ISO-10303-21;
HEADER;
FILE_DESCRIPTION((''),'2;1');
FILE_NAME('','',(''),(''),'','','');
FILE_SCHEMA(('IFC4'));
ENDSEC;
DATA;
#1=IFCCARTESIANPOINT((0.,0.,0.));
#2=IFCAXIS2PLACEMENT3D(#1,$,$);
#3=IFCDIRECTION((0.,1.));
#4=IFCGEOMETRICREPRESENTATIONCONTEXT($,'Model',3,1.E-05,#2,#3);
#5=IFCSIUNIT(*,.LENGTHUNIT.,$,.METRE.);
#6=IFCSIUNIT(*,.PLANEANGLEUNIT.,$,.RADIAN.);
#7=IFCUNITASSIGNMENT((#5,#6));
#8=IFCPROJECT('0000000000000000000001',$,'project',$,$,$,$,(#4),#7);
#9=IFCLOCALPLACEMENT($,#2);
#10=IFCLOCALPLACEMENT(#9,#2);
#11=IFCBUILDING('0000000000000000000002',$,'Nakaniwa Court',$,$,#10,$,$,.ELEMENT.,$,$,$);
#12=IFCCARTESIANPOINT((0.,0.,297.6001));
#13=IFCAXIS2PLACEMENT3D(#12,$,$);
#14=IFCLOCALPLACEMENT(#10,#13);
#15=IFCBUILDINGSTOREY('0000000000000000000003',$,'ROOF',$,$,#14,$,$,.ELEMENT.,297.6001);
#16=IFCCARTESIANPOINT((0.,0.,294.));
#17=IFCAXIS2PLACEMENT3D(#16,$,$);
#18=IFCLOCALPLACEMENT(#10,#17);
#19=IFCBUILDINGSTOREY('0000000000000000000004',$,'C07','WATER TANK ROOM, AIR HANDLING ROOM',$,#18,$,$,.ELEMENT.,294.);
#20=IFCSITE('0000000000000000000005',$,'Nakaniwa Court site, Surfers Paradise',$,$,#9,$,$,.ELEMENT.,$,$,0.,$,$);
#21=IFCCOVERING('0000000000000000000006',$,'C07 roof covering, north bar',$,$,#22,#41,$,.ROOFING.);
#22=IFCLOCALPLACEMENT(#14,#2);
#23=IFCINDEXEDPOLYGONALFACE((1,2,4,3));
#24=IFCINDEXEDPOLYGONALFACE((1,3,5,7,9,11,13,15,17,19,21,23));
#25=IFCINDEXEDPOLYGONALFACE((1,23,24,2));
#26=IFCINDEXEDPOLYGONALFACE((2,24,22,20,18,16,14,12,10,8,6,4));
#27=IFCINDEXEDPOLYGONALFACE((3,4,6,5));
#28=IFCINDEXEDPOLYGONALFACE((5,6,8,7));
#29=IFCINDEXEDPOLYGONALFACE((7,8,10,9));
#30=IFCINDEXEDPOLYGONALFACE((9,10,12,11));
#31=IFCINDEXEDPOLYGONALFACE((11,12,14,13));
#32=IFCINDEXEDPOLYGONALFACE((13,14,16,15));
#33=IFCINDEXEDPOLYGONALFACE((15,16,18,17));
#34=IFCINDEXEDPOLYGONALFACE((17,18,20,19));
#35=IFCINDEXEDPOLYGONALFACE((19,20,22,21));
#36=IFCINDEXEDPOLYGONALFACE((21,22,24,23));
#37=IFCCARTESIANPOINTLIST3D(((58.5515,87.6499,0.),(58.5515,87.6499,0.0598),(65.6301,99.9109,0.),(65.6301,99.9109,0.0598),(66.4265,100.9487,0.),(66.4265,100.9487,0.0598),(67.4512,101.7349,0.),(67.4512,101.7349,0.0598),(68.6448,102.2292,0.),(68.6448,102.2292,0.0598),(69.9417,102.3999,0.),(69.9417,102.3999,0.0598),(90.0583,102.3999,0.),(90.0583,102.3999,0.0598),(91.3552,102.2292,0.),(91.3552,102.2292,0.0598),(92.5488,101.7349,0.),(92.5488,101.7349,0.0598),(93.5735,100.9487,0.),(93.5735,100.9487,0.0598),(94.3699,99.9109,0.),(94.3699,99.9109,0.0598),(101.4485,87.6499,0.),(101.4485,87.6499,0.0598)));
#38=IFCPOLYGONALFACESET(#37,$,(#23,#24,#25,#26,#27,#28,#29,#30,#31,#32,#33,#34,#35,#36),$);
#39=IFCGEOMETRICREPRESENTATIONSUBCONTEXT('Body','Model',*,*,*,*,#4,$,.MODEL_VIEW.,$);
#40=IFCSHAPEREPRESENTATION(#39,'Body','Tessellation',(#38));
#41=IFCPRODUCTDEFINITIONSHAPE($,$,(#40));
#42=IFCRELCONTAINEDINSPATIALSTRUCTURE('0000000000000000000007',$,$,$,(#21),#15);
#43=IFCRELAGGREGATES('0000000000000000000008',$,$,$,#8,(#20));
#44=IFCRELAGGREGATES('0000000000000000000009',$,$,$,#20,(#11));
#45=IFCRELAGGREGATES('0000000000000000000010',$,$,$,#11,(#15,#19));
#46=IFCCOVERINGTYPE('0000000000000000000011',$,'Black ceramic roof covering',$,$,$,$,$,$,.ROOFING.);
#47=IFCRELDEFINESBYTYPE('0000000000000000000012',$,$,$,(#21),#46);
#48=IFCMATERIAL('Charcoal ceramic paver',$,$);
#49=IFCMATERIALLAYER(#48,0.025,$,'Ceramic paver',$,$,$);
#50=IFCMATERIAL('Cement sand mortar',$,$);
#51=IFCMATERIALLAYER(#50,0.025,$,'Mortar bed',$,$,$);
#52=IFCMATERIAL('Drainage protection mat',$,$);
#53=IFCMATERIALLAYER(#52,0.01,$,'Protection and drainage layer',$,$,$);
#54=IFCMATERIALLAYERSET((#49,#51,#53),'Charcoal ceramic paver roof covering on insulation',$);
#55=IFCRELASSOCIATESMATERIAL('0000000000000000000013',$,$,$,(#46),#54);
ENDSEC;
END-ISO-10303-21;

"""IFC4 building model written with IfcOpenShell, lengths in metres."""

from ifc_helpers import new_model, si_unit, direction, frame, origin, place, context, subcontext, project, spatial, polyline, outline, extrude, material, layer, layer_set, type_object, element, save


model = new_model("IFC4")

# Units and contexts
model_context = context("Model", 3, precision=1e-05, world=origin(), true_north=direction((0.0, 1.0)))
body_context = subcontext(model_context, "Body", "Model", "MODEL_VIEW")
ifc_project = project(units=[si_unit("LENGTHUNIT", "METRE"), si_unit("PLANEANGLEUNIT", "RADIAN")], contexts=[model_context])

# Site, building, storey
site_placement = place(None, origin())
site = spatial("IfcSite", under=ifc_project, at=site_placement, Name="Nakaniwa Court site, Surfers Paradise", CompositionType="ELEMENT", RefElevation=0.0)
building_placement = place(site_placement, origin())
building = spatial("IfcBuilding", under=site, at=building_placement, Name="Nakaniwa Court", CompositionType="ELEMENT")
storey_1_placement = place(building_placement, frame((0.0, 0.0, 297.6001)))
storey_1 = spatial("IfcBuildingStorey", under=building, at=storey_1_placement, Name="ROOF", CompositionType="ELEMENT", Elevation=297.6001)

# Shared definitions
storey_2_placement = place(building_placement, frame((0.0, 0.0, 294.0)))
storey_2 = spatial("IfcBuildingStorey", under=building, at=storey_2_placement, Name="C07", Description="WATER TANK ROOM, AIR HANDLING ROOM", CompositionType="ELEMENT", Elevation=294.0)

# Covering
ifc_material_1 = material(Name="Charcoal ceramic paver")
ifc_layer_1 = layer(ifc_material_1, 0.025, Name="Ceramic paver")
ifc_material_2 = material(Name="Cement sand mortar")
ifc_layer_2 = layer(ifc_material_2, 0.025, Name="Mortar bed")
ifc_material_3 = material(Name="Drainage protection mat")
ifc_layer_3 = layer(ifc_material_3, 0.01, Name="Protection and drainage layer")
ifc_layer_set_1 = layer_set([ifc_layer_1, ifc_layer_2, ifc_layer_3], Name="Charcoal ceramic paver roof covering on insulation")
covering_type = type_object("IfcCoveringType", Name="Black ceramic roof covering", PredefinedType="ROOFING", material=ifc_layer_set_1)
covering_placement = place(storey_1_placement, origin())
element("IfcCovering", 1, at=covering_placement, inside=storey_1, type_object=covering_type, Name="C07 roof covering, north bar", PredefinedType="ROOFING", context=body_context, shape_type="SweptSolid", body=[
    extrude(outline(polyline([(65.6301, 99.9109), (66.4265, 100.9487), (67.4512, 101.7349), (68.6448, 102.2292), (69.9417, 102.3999), (90.0583, 102.3999), (91.3552, 102.2292), (92.5488, 101.7349), (93.5735, 100.9487), (94.3699, 99.9109), (101.4485, 87.6499), (58.5515, 87.6499), (65.6301, 99.9109)])), origin(), (0.0, 0.0, 1.0), 0.0598),
])

save(model, "model.ifc")
